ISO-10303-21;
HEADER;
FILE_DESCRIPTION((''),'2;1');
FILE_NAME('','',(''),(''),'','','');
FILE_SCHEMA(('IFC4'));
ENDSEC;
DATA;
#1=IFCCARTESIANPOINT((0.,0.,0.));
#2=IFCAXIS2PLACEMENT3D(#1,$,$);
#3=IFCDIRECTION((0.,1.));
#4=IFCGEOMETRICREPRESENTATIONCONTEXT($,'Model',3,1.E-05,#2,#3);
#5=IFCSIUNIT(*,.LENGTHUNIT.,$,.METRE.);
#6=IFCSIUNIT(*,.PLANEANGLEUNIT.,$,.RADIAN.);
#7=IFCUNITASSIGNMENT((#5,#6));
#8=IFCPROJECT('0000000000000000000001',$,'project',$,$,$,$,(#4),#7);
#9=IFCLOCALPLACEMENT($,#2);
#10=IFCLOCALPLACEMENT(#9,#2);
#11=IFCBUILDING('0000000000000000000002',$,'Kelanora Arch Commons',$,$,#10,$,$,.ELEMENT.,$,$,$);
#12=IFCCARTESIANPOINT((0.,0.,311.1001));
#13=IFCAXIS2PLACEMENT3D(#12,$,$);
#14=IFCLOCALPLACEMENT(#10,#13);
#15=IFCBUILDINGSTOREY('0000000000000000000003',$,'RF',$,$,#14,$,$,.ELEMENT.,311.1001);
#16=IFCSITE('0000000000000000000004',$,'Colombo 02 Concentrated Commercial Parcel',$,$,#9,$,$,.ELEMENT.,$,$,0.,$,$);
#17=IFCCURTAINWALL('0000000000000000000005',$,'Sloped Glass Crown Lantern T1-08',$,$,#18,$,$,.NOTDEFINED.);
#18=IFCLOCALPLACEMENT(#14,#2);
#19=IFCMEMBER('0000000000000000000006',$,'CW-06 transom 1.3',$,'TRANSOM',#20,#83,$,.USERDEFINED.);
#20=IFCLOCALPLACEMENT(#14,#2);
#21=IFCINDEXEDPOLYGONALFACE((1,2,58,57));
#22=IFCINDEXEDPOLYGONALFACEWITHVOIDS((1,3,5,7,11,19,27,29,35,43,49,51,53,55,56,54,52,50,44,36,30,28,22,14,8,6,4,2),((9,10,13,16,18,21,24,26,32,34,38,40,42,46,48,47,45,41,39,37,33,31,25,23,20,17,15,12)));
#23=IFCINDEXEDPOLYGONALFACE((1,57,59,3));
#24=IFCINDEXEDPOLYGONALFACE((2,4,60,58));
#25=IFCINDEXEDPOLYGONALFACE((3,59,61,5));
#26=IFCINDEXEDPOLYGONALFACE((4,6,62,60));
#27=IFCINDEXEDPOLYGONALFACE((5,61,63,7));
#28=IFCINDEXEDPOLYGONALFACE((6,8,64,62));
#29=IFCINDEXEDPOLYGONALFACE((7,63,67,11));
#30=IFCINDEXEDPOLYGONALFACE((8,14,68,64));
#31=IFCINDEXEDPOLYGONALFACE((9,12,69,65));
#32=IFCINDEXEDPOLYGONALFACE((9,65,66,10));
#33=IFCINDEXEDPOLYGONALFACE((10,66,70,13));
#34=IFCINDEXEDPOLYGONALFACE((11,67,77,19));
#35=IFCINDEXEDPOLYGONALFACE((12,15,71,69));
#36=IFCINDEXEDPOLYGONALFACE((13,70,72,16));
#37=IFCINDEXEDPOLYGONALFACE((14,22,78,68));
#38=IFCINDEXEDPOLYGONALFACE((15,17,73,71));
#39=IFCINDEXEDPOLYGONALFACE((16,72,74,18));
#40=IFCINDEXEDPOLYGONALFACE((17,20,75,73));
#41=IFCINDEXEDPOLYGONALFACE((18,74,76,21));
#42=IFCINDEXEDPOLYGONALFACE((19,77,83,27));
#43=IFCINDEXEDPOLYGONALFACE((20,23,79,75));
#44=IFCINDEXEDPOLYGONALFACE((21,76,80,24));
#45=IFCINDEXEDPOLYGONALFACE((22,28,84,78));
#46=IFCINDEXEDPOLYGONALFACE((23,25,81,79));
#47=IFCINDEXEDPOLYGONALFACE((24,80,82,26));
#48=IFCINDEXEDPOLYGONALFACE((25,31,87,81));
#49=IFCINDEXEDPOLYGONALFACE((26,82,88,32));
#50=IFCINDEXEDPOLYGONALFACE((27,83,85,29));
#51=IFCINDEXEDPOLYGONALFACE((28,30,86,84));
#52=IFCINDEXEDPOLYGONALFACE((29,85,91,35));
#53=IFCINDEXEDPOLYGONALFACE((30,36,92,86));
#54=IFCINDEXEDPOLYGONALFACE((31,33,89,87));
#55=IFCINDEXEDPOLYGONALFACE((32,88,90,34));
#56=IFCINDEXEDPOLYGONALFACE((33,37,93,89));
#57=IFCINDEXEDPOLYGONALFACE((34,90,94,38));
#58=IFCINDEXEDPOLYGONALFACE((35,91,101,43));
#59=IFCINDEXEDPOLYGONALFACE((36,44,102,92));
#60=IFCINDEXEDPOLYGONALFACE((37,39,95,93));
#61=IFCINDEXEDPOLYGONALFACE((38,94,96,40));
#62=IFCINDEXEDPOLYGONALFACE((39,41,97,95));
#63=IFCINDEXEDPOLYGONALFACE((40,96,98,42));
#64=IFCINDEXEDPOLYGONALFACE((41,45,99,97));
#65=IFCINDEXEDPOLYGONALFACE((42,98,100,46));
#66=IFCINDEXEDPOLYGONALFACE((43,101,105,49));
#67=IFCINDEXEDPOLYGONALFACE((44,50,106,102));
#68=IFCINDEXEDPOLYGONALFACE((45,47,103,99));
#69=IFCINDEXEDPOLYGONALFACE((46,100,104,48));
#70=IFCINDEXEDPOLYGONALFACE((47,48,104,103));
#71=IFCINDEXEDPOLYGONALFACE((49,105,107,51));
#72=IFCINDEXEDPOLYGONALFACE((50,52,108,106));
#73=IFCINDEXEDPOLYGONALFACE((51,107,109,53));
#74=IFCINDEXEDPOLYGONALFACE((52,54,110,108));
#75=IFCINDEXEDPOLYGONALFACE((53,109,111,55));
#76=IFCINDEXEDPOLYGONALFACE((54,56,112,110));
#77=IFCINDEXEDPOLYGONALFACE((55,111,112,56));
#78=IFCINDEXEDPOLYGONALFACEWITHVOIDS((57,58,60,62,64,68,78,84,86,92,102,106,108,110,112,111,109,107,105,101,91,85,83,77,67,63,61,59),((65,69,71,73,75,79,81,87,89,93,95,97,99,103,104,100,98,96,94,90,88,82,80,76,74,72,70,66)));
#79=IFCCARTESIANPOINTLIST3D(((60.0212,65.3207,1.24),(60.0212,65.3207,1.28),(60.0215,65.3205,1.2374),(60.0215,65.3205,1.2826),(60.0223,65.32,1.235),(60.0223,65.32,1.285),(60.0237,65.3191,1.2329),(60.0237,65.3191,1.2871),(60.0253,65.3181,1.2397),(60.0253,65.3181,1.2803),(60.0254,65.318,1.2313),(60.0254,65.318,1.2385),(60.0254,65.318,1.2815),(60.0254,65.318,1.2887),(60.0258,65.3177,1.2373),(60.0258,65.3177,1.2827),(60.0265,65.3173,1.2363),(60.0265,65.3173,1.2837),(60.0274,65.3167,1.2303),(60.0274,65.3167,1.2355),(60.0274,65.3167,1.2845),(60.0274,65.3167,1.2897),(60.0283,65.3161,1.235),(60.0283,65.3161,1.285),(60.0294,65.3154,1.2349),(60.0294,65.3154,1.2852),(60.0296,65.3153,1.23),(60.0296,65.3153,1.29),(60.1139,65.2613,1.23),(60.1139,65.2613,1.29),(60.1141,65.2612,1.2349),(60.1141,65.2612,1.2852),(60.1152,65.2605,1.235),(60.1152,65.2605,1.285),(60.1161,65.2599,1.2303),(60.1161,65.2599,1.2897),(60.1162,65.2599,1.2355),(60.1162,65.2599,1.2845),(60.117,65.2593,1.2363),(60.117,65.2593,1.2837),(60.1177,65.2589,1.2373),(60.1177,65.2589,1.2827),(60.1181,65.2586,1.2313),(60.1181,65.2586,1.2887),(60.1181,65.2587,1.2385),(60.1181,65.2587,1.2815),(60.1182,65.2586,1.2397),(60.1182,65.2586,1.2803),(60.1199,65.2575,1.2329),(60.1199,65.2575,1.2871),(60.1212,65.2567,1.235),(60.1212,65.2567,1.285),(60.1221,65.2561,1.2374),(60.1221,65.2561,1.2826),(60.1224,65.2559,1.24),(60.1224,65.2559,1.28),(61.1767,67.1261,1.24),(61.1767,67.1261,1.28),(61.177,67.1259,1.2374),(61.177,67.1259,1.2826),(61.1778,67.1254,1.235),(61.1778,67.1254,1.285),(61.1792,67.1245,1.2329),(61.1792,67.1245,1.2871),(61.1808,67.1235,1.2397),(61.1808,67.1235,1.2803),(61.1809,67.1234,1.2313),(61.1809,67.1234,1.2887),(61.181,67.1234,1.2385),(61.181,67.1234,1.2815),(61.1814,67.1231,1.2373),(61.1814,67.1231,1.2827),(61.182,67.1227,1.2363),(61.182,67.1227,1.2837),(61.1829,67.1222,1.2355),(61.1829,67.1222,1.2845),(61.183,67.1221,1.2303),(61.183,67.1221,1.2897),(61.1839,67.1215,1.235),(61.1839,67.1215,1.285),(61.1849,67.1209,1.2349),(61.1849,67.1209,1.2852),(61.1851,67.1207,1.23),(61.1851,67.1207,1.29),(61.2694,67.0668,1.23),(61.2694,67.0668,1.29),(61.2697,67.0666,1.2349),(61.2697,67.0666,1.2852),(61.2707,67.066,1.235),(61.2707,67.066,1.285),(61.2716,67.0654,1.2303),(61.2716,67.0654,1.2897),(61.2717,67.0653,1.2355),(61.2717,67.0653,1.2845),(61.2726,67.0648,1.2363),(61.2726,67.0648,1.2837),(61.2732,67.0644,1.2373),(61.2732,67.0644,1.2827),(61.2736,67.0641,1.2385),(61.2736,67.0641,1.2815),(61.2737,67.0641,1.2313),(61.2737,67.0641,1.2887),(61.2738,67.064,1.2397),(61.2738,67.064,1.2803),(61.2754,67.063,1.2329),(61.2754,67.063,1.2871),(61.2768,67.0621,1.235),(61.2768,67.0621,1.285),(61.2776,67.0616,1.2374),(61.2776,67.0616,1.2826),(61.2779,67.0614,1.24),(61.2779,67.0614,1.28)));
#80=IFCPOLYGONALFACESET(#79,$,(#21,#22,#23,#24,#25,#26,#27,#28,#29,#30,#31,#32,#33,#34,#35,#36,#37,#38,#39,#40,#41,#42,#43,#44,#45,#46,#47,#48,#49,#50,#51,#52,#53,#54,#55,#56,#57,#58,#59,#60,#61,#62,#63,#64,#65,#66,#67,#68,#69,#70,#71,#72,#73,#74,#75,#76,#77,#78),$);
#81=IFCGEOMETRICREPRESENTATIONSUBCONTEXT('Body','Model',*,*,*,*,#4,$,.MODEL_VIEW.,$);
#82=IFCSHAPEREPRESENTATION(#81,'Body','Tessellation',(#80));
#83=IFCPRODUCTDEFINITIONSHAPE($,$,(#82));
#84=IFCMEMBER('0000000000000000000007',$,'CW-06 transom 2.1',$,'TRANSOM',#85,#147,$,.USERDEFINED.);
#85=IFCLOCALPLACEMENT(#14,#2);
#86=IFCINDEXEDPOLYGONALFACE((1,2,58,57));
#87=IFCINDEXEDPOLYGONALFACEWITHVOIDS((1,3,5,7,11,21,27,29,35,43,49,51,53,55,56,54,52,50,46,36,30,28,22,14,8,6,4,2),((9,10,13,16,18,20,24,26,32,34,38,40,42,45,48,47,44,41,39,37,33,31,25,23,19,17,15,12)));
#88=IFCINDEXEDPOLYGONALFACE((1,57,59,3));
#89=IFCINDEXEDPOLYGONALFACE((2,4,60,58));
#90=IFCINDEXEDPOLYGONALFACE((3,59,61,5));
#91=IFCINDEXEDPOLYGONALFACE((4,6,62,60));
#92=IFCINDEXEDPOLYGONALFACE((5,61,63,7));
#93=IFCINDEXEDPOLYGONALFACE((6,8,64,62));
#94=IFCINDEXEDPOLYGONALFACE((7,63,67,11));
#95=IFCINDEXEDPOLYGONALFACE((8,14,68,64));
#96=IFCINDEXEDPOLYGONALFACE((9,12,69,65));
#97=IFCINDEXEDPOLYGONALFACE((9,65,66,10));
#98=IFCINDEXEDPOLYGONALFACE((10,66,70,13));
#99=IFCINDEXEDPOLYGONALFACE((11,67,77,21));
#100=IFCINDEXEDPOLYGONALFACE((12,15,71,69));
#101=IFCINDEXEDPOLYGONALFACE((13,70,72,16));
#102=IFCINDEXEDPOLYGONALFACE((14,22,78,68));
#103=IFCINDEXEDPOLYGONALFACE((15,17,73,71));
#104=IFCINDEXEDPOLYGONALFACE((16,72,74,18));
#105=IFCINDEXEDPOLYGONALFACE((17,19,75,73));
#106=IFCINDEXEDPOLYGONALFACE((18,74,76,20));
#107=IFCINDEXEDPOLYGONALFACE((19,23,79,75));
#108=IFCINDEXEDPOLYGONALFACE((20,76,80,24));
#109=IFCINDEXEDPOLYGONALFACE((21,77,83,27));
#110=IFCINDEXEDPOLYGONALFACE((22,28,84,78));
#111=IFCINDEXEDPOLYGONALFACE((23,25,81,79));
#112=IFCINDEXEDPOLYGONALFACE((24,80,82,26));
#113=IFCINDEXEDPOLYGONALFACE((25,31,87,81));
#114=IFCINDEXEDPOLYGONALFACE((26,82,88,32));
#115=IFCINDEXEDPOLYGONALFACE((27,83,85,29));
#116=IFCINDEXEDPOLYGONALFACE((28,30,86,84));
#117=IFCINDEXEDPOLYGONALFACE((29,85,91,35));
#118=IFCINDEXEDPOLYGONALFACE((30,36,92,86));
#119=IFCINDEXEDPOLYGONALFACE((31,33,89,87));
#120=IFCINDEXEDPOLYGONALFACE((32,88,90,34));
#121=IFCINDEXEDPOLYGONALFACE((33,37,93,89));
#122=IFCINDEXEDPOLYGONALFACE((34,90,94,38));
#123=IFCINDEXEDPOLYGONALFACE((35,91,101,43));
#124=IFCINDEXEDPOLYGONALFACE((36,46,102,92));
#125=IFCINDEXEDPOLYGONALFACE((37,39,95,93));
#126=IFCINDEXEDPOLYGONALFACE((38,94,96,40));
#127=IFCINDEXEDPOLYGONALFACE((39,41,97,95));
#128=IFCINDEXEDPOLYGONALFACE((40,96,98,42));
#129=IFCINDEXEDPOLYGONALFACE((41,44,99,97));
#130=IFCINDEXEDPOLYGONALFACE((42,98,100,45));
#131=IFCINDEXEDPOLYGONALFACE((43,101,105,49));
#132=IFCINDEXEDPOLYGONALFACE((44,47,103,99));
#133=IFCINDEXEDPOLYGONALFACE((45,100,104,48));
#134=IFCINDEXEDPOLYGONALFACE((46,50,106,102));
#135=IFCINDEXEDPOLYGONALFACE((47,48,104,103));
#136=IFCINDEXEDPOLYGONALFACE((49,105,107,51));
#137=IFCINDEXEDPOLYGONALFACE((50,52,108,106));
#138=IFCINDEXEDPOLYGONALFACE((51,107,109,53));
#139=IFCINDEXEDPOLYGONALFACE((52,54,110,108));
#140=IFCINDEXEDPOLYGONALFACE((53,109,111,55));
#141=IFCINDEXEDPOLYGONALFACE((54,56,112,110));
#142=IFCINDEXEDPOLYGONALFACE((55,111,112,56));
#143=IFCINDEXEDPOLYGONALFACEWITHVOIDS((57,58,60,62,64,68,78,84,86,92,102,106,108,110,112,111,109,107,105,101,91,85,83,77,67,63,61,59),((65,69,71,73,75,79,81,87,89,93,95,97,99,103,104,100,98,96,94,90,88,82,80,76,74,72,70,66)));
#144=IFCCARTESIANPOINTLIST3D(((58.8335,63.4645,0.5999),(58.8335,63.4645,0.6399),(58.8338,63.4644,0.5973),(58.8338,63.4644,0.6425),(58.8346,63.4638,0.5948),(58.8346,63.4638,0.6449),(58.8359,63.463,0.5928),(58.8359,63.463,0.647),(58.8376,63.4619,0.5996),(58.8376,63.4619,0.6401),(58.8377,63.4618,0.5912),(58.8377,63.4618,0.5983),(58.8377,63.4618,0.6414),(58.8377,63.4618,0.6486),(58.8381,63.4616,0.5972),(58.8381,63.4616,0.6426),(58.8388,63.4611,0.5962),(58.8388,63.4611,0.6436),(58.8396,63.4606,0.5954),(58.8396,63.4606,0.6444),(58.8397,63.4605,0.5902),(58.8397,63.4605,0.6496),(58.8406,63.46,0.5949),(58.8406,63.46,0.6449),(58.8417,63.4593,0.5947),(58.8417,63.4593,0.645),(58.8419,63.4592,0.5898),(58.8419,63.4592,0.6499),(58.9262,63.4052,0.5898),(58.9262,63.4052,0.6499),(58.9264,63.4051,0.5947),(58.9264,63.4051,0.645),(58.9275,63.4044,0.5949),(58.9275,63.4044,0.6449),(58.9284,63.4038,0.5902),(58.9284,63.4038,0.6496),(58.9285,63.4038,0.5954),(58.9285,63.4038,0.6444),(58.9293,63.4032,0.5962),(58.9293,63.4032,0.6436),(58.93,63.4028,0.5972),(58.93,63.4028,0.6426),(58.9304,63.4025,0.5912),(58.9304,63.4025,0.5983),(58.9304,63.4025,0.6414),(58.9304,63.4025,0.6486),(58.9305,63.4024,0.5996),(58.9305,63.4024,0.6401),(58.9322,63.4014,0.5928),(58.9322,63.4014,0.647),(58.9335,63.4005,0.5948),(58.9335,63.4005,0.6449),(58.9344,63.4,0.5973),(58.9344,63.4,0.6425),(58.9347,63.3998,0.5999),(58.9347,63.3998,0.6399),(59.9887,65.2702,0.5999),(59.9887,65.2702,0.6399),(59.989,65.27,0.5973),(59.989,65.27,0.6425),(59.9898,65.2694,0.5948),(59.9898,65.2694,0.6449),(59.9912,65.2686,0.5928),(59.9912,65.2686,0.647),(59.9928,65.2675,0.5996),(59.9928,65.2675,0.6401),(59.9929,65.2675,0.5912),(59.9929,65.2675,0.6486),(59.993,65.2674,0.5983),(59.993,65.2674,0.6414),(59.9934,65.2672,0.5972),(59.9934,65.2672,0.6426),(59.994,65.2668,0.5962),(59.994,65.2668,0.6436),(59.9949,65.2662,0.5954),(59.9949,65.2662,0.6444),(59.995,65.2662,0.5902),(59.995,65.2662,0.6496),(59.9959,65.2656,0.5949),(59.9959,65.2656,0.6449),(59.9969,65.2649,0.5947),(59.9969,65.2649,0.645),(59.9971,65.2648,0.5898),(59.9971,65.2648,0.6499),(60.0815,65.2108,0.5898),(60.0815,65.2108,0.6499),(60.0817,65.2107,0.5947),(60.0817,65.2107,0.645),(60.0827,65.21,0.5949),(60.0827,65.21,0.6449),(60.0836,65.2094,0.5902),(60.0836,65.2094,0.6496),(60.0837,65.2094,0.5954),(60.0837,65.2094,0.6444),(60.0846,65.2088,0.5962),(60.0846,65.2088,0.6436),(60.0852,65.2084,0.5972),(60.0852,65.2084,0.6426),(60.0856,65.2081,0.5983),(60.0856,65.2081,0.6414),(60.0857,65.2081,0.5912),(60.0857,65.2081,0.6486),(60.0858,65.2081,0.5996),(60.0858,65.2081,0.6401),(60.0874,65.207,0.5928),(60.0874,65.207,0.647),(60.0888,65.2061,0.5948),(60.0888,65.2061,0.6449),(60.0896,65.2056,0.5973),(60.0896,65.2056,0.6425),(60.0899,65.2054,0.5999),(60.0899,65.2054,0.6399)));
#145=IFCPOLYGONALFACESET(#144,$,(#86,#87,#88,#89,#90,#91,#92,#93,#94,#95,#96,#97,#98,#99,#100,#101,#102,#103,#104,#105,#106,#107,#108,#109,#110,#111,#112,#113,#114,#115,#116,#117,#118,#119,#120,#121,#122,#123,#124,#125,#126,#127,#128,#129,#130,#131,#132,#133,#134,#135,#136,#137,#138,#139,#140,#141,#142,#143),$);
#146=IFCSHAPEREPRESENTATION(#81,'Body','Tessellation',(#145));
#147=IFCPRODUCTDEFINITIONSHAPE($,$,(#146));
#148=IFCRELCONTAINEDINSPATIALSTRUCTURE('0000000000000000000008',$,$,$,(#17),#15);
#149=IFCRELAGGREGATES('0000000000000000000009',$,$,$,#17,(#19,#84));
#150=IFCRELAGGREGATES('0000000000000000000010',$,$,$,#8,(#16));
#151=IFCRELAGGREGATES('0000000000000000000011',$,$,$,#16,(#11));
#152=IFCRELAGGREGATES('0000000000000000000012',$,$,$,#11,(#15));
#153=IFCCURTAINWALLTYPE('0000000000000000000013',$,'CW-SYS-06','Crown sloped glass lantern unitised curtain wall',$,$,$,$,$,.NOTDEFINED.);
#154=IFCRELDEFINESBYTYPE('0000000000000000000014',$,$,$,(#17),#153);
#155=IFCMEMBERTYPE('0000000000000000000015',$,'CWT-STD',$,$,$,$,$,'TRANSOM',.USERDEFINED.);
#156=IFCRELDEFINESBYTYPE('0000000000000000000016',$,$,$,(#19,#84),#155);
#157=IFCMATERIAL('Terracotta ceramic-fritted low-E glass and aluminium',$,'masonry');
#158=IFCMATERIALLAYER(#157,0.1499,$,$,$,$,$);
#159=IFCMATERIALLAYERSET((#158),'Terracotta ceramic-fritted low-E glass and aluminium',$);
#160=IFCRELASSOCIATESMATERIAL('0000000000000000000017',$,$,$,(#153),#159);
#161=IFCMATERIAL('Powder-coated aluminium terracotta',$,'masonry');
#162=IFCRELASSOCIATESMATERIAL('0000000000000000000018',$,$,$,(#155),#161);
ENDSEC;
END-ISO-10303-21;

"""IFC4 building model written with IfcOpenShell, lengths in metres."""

from ifc_helpers import new_model, si_unit, direction, frame, origin, origin_2d, place, context, subcontext, project, spatial, hollow_rectangle, extrude, material, layer, layer_set, material_profile, profile_set, type_object, element, aggregate, save


model = new_model("IFC4")

# Units and contexts
model_context = context("Model", 3, precision=1e-05, world=origin(), true_north=direction((0.0, 1.0)))
body_context = subcontext(model_context, "Body", "Model", "MODEL_VIEW")
ifc_project = project(units=[si_unit("LENGTHUNIT", "METRE"), si_unit("PLANEANGLEUNIT", "RADIAN")], contexts=[model_context])

# Site, building, storey
site_placement = place(None, origin())
site = spatial("IfcSite", under=ifc_project, at=site_placement, Name="Colombo 02 Concentrated Commercial Parcel", CompositionType="ELEMENT", RefElevation=0.0)
building_placement = place(site_placement, origin())
building = spatial("IfcBuilding", under=site, at=building_placement, Name="Kelanora Arch Commons", CompositionType="ELEMENT")
storey_placement = place(building_placement, frame((0.0, 0.0, 311.1001)))
storey = spatial("IfcBuildingStorey", under=building, at=storey_placement, Name="RF", CompositionType="ELEMENT", Elevation=311.1001)

# Curtain wall
ifc_material_1 = material(Name="Terracotta ceramic-fritted low-E glass and aluminium", Category="masonry")
ifc_layer_1 = layer(ifc_material_1, 0.1499)
ifc_layer_set_1 = layer_set([ifc_layer_1], Name="Terracotta ceramic-fritted low-E glass and aluminium")
curtain_wall_type = type_object("IfcCurtainWallType", Name="CW-SYS-06", Description="Crown sloped glass lantern unitised curtain wall", PredefinedType="NOTDEFINED", material=ifc_layer_set_1)
ifc_material_2 = material(Name="Powder-coated aluminium terracotta", Category="masonry")
curtain_wall_1_placement = place(storey_placement, origin())
curtain_wall_1 = element("IfcCurtainWall", 1, at=curtain_wall_1_placement, inside=storey, type_object=curtain_wall_type, Name="Sloped Glass Crown Lantern T1-08", PredefinedType="NOTDEFINED")

# Members
ifc_material_profile_1 = material_profile(ifc_material_2, hollow_rectangle(XDim=0.1201, YDim=0.0601, WallThickness=0.0049, InnerFilletRadius=0.0049, OuterFilletRadius=0.01, at=origin_2d()), Name="CWT120x60")
ifc_profile_set_1 = profile_set([ifc_material_profile_1], Name="Powder-coated aluminium terracotta")
member_type_1 = type_object("IfcMemberType", Name="CWT-STD", ElementType="TRANSOM", PredefinedType="USERDEFINED", material=ifc_profile_set_1)
member_1_placement = place(storey_placement, frame((61.2273, 67.0938, 1.26), z_axis=(-0.53907, -0.842261, 0.0), x_axis=(0.842261, -0.53907, 0.0)))
member_1 = element("IfcMember", 2, at=member_1_placement, type_object=member_type_1, Name="CW-06 transom 1.3", ObjectType="TRANSOM", PredefinedType="USERDEFINED", context=body_context, shape_type="SweptSolid", body=[
    extrude(hollow_rectangle(XDim=0.1201, YDim=0.0601, WallThickness=0.0049, InnerFilletRadius=0.0049, OuterFilletRadius=0.01, at=origin_2d()), origin(), (0.0, 0.0, 1.0), 2.1436),
])
member_2_placement = place(storey_placement, frame((60.0393, 65.2378, 0.6199), z_axis=(-0.538937, -0.842346, 0.0), x_axis=(0.842346, -0.538937, 0.0)))
member_2 = element("IfcMember", 3, at=member_2_placement, type_object=member_type_1, Name="CW-06 transom 2.1", ObjectType="TRANSOM", PredefinedType="USERDEFINED", context=body_context, shape_type="SweptSolid", body=[
    extrude(hollow_rectangle(XDim=0.1201, YDim=0.0601, WallThickness=0.0049, InnerFilletRadius=0.0049, OuterFilletRadius=0.01, at=origin_2d()), origin(), (0.0, 0.0, 1.0), 2.1436),
])

aggregate(curtain_wall_1, [member_1, member_2])

save(model, "model.ifc")
